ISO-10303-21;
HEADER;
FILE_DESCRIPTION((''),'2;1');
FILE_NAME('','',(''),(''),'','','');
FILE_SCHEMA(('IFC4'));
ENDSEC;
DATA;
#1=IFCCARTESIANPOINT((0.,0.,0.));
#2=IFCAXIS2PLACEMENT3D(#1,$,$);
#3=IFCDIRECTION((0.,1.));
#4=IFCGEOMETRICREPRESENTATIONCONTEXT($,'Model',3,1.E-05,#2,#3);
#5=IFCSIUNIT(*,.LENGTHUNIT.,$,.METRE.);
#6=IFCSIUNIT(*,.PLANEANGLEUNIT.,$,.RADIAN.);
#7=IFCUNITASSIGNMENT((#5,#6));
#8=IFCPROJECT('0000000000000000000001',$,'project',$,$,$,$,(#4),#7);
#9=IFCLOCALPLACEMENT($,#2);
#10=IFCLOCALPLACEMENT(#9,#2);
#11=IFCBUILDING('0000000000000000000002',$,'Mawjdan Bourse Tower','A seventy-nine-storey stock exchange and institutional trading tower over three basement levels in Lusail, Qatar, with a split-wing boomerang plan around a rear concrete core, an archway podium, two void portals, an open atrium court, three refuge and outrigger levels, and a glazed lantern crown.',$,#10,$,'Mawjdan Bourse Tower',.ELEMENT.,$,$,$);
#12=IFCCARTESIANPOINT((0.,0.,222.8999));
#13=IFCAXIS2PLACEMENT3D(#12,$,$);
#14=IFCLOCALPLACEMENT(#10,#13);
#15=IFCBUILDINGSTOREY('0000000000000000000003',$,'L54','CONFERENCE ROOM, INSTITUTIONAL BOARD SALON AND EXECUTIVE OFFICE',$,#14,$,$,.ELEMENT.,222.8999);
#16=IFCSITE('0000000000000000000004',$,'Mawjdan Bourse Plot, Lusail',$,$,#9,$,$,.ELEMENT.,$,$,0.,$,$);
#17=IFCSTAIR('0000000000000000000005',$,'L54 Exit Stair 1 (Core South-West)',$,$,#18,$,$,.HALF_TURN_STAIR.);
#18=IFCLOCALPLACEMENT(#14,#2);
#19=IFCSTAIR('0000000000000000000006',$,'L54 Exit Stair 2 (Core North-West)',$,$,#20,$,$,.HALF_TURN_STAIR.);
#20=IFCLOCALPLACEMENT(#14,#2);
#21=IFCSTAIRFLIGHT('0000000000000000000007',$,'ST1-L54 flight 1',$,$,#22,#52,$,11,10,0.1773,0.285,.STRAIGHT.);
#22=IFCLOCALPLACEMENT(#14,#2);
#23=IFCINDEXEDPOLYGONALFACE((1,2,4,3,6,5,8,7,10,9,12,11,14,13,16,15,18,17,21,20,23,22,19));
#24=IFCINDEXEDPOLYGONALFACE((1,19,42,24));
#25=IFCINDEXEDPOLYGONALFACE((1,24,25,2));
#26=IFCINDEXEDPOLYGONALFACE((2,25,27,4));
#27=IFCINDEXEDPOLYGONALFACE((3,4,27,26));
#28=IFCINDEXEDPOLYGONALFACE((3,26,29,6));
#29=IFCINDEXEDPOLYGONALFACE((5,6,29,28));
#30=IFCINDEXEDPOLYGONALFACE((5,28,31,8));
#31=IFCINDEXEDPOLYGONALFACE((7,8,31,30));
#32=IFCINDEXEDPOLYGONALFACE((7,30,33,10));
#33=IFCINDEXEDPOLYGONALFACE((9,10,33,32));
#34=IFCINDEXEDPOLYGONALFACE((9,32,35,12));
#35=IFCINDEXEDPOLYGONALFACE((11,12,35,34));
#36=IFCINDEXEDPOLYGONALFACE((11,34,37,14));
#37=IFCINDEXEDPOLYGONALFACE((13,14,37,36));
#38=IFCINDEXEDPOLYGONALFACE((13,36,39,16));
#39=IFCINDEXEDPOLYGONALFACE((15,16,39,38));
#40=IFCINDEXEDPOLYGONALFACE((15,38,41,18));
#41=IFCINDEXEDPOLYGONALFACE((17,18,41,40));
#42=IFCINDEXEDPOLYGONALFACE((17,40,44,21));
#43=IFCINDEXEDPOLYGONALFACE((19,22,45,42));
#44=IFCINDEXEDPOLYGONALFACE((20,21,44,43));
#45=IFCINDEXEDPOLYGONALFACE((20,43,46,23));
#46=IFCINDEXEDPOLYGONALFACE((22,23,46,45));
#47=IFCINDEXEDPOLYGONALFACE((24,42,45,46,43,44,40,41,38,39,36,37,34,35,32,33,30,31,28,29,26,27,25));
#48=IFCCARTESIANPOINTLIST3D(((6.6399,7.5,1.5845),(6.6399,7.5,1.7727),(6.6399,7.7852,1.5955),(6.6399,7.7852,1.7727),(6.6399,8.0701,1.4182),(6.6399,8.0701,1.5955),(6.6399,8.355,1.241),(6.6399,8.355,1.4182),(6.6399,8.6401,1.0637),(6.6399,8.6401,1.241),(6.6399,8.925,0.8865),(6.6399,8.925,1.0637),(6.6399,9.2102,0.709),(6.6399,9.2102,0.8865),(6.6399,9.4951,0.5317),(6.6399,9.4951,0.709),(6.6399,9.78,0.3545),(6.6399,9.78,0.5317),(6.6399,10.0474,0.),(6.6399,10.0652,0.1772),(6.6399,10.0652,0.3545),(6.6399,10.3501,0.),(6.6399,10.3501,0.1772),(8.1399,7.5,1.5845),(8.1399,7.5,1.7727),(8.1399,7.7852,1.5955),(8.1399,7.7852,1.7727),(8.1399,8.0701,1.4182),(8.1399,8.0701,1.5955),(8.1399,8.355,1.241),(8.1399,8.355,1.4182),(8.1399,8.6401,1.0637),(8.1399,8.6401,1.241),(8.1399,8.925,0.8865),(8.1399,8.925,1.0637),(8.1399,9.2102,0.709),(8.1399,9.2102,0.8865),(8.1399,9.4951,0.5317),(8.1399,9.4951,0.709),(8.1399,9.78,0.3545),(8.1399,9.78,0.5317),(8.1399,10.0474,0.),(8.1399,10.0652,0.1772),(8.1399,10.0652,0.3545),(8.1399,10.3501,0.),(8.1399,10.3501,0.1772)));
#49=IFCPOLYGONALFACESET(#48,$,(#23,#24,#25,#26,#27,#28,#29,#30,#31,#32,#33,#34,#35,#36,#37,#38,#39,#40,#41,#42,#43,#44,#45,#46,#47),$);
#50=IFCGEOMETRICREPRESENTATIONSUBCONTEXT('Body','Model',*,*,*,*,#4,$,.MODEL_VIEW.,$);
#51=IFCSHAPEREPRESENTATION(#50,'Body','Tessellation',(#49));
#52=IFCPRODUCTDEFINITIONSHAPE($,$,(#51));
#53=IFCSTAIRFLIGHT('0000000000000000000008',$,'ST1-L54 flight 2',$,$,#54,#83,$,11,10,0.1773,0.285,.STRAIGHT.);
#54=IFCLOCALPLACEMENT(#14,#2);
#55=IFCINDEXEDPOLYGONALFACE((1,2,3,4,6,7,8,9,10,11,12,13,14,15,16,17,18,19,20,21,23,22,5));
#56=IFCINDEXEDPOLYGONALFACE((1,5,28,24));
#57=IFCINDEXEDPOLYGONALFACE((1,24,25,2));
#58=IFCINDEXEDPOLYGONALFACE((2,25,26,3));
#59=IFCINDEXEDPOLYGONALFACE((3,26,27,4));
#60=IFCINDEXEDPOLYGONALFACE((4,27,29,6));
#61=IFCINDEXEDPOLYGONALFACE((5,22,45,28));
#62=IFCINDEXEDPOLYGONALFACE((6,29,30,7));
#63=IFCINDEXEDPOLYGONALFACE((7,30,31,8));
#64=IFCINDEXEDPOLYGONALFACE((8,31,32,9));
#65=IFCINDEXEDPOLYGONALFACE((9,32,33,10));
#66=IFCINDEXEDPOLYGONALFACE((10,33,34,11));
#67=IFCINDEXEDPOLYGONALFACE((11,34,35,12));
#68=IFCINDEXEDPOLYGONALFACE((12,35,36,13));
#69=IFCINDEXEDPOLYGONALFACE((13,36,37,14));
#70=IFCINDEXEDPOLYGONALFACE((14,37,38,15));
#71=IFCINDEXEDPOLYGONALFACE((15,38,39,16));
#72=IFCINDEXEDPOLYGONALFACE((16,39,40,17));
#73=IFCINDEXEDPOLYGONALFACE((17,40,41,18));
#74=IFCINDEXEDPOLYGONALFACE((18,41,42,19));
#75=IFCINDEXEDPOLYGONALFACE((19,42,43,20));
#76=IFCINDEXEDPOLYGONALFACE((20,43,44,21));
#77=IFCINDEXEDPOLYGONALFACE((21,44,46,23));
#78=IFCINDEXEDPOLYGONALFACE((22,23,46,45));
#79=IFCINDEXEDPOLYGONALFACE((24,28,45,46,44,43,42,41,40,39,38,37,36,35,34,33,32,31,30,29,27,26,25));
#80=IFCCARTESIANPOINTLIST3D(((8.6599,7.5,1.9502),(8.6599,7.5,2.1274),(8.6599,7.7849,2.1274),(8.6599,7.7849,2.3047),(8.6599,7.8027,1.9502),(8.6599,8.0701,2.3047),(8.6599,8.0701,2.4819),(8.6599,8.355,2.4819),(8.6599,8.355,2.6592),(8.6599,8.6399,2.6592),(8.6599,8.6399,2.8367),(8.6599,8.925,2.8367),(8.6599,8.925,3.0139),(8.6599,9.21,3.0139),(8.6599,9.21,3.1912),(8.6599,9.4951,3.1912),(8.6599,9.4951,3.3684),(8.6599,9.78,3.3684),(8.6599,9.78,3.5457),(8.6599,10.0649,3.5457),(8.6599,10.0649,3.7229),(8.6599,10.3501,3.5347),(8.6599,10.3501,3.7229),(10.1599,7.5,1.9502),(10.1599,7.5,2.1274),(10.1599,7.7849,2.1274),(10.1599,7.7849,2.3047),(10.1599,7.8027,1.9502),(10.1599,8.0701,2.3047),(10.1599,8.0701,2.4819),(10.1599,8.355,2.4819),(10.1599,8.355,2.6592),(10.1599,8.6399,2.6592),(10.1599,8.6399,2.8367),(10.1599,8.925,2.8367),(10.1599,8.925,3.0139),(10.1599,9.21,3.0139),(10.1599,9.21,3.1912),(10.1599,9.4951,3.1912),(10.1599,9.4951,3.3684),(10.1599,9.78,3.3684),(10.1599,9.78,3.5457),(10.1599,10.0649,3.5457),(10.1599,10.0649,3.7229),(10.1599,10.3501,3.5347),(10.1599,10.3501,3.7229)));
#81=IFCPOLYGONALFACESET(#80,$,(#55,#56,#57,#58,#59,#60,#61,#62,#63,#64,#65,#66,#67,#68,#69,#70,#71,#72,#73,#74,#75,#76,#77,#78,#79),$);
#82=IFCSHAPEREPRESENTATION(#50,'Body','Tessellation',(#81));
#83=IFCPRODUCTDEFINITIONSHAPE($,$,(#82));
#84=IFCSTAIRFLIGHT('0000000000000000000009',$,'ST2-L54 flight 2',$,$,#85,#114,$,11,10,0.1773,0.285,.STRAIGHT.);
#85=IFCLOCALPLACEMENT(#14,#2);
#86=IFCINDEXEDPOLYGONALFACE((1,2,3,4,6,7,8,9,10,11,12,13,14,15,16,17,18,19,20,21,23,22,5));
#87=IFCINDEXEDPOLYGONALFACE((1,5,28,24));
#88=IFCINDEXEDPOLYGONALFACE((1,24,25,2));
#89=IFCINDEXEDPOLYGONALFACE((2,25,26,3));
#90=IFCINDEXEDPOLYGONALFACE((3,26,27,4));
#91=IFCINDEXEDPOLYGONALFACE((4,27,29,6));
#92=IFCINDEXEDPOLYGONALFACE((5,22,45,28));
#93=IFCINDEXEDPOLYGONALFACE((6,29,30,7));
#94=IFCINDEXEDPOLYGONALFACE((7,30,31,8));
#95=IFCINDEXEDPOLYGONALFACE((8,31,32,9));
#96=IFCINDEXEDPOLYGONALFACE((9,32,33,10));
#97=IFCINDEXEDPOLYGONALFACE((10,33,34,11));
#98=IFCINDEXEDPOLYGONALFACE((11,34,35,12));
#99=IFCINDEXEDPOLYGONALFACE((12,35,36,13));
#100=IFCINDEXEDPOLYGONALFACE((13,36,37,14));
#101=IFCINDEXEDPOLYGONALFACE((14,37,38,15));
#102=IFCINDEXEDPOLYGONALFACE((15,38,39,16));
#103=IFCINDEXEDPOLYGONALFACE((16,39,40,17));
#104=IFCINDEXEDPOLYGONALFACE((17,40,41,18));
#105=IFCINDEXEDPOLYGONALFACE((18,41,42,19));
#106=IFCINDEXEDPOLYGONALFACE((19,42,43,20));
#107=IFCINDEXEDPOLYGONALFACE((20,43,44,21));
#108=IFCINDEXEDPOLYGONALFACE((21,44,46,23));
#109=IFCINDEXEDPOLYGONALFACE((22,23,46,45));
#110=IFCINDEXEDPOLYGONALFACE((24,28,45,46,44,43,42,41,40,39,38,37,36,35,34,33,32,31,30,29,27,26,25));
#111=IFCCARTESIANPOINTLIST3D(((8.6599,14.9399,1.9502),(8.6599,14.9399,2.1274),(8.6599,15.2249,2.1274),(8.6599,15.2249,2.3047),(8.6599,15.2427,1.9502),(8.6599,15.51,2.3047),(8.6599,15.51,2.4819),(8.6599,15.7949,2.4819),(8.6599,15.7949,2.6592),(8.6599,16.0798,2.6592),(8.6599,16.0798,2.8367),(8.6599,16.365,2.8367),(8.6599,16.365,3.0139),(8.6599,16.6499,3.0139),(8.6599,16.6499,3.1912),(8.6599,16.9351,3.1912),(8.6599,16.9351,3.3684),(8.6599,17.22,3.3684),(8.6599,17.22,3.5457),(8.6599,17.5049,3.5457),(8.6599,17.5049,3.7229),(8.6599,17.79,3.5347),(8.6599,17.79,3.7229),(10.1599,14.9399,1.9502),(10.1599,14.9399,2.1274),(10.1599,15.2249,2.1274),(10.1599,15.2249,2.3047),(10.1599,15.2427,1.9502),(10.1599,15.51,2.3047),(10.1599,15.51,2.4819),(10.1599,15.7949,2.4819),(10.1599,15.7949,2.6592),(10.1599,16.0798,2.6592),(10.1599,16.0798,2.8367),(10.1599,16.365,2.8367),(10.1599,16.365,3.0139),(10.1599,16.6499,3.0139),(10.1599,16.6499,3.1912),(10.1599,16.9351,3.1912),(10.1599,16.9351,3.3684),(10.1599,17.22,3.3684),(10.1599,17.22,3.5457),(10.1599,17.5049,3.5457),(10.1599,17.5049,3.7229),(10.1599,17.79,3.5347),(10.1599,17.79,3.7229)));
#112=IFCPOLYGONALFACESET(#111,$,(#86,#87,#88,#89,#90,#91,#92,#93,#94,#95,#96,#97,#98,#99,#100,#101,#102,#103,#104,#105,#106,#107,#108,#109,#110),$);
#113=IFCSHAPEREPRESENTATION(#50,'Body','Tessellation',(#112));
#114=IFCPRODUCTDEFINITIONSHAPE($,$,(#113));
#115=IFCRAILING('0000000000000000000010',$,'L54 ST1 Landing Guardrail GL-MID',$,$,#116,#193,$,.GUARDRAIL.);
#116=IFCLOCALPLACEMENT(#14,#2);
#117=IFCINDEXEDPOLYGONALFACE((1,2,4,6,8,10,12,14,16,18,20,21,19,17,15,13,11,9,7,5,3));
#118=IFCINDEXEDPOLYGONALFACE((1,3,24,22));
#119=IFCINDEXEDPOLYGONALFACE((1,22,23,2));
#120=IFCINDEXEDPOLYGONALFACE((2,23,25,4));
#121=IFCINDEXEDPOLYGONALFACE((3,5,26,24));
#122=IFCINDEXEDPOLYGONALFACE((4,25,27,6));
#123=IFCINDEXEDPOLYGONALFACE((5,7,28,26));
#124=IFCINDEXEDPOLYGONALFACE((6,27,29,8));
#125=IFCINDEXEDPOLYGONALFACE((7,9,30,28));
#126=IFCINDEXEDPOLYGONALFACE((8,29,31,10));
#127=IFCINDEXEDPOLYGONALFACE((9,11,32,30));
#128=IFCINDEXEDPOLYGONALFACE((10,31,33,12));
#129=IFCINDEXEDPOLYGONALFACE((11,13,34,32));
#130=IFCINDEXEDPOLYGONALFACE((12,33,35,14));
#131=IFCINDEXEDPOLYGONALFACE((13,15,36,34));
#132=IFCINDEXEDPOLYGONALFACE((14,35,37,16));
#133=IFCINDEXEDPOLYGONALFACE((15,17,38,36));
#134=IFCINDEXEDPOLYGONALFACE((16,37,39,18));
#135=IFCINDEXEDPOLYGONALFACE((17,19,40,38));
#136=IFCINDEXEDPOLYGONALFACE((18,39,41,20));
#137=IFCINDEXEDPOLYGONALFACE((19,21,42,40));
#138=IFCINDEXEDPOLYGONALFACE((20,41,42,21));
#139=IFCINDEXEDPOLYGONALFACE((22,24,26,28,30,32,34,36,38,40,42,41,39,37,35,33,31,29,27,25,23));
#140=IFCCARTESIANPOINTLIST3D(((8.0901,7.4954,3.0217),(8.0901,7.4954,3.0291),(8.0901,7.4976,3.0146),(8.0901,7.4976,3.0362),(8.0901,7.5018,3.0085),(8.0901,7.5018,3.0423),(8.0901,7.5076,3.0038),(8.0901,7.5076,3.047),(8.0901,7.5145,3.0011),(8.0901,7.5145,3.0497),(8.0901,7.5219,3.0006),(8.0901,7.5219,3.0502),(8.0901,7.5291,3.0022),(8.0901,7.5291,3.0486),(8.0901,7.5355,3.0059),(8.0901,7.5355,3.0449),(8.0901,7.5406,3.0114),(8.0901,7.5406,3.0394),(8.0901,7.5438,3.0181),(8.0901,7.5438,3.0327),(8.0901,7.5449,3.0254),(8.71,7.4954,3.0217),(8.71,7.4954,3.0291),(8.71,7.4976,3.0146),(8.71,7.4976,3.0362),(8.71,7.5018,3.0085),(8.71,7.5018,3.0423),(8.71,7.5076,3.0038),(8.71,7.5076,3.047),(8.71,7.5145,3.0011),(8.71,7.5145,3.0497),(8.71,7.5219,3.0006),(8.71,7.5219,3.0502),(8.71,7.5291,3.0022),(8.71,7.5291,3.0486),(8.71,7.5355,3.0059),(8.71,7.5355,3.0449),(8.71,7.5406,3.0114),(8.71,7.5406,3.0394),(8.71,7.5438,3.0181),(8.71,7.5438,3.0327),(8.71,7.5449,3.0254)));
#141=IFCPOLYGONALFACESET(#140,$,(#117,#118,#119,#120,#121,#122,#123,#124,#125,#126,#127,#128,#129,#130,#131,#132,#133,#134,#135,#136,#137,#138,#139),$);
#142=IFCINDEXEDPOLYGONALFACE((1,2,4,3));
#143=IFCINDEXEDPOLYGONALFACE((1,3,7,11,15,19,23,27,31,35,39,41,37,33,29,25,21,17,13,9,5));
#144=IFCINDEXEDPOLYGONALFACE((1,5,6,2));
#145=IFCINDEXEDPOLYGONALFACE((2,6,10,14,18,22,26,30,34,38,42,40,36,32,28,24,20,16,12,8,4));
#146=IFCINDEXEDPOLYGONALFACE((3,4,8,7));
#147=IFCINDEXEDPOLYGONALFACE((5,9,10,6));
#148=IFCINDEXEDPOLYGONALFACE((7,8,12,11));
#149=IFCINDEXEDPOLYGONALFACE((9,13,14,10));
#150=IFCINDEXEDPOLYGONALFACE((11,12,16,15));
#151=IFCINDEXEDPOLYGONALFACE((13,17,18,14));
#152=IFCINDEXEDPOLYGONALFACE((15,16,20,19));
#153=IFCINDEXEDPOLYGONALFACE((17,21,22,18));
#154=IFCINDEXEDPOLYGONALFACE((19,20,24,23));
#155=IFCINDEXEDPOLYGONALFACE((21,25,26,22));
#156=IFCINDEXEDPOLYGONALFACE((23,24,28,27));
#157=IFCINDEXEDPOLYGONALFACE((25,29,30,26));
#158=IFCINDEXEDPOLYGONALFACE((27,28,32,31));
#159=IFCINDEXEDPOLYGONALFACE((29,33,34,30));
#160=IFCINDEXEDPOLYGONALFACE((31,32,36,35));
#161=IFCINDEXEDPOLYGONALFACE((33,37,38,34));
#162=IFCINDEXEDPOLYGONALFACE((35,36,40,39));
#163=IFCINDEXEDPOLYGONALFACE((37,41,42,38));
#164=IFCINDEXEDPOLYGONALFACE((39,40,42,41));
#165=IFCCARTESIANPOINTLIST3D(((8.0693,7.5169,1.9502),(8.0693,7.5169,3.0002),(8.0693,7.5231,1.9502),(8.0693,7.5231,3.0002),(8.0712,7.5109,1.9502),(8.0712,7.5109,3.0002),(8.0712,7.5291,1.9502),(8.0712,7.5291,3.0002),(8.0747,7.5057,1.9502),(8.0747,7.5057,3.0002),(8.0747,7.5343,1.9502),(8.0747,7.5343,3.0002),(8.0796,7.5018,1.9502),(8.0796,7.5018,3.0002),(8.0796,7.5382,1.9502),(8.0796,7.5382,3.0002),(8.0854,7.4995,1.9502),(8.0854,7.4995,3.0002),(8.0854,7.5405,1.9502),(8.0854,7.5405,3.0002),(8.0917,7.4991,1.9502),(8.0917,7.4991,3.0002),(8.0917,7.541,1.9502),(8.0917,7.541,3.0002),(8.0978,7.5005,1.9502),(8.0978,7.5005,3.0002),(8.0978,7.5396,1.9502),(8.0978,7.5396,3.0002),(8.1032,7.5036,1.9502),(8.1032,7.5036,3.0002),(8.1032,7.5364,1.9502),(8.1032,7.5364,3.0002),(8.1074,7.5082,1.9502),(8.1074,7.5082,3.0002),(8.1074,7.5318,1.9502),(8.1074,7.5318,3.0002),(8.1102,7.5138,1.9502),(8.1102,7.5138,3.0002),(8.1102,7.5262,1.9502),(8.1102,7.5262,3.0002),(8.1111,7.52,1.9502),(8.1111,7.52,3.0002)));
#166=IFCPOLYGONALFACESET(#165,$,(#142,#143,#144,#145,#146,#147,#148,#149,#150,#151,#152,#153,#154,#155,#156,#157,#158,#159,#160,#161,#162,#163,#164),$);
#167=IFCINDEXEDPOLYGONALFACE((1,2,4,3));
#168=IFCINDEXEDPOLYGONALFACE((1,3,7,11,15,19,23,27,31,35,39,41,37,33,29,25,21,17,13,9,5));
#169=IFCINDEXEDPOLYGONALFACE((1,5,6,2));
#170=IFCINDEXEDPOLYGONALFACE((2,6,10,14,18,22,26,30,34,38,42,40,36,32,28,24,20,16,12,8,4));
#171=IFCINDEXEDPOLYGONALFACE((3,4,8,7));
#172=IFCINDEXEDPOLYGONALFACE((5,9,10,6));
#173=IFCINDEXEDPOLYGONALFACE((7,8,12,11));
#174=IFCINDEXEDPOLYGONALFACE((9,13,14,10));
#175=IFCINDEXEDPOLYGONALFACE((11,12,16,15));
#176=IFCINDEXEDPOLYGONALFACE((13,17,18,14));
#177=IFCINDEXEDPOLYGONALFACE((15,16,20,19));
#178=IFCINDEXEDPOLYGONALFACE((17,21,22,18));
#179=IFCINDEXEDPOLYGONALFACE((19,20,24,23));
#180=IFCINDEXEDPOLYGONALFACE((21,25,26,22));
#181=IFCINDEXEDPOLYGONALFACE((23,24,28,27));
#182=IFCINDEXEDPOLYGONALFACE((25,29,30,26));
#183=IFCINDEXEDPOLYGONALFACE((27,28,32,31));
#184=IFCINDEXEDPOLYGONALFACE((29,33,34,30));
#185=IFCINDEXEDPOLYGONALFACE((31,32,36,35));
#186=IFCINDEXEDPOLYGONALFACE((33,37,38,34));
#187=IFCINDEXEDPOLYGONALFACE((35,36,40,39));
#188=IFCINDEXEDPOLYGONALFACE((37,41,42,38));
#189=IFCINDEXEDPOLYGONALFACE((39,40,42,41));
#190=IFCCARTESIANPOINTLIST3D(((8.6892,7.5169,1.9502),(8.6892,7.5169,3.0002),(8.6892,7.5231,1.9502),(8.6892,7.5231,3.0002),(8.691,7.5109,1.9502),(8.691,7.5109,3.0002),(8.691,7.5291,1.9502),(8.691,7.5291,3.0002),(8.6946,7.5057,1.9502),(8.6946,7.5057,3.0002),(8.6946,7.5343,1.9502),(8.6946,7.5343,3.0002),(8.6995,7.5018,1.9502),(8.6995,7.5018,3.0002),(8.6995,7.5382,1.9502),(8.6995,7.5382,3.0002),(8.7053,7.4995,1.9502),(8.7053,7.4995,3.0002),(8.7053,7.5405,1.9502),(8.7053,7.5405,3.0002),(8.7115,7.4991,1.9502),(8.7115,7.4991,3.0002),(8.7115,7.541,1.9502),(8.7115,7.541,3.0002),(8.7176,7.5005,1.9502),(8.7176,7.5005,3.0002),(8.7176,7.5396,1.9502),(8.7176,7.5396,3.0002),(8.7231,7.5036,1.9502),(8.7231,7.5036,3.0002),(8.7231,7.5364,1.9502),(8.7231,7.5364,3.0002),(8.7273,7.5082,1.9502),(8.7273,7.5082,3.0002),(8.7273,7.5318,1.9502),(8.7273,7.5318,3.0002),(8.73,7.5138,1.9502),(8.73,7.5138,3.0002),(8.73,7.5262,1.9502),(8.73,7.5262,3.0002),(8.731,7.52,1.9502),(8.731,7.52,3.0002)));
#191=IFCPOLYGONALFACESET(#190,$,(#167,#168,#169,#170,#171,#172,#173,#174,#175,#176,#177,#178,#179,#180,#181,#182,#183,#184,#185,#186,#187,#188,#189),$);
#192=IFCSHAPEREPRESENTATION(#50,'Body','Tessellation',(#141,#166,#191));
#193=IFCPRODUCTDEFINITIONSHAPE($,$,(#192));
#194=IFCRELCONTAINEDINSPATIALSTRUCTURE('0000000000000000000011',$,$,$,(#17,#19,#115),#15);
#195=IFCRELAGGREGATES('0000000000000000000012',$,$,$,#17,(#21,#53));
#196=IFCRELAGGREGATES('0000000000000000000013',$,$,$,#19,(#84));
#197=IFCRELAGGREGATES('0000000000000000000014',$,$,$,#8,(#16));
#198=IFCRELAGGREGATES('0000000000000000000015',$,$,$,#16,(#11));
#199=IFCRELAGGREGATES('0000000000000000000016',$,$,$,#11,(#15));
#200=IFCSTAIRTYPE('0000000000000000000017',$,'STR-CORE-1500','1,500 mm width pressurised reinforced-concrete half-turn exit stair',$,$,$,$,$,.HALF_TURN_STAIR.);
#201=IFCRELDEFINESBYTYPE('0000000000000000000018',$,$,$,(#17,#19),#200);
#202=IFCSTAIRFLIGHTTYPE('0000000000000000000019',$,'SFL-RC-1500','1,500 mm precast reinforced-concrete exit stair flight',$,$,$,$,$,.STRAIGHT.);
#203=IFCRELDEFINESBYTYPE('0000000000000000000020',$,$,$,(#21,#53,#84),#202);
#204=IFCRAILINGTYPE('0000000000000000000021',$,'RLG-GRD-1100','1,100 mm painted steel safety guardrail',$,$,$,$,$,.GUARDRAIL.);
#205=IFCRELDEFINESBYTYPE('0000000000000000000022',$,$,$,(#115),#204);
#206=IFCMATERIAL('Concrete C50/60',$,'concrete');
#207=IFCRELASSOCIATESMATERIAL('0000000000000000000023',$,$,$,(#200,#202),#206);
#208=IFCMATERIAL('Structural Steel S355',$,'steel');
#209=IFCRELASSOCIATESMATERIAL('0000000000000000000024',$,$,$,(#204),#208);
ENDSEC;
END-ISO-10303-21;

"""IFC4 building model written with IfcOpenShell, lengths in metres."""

from ifc_helpers import new_model, si_unit, direction, frame, origin, origin_2d, place, context, subcontext, project, spatial, polyline, circle, outline, extrude, material, type_object, element, aggregate, save


model = new_model("IFC4")

# Units and contexts
model_context = context("Model", 3, precision=1e-05, world=origin(), true_north=direction((0.0, 1.0)))
body_context = subcontext(model_context, "Body", "Model", "MODEL_VIEW")
ifc_project = project(units=[si_unit("LENGTHUNIT", "METRE"), si_unit("PLANEANGLEUNIT", "RADIAN")], contexts=[model_context])

# Site, building, storey
site_placement = place(None, origin())
site = spatial("IfcSite", under=ifc_project, at=site_placement, Name="Mawjdan Bourse Plot, Lusail", CompositionType="ELEMENT", RefElevation=0.0)
building_placement = place(site_placement, origin())
building = spatial("IfcBuilding", under=site, at=building_placement, Name="Mawjdan Bourse Tower", Description="A seventy-nine-storey stock exchange and institutional trading tower over three basement levels in Lusail, Qatar, with a split-wing boomerang plan around a rear concrete core, an archway podium, two void portals, an open atrium court, three refuge and outrigger levels, and a glazed lantern crown.", LongName="Mawjdan Bourse Tower", CompositionType="ELEMENT")
storey_placement = place(building_placement, frame((0.0, 0.0, 222.8999)))
storey = spatial("IfcBuildingStorey", under=building, at=storey_placement, Name="L54", Description="CONFERENCE ROOM, INSTITUTIONAL BOARD SALON AND EXECUTIVE OFFICE", CompositionType="ELEMENT", Elevation=222.8999)

# Shared definitions
ifc_material_1 = material(Name="Structural Steel S355", Category="steel")

# Stairs
ifc_material_2 = material(Name="Concrete C50/60", Category="concrete")
stair_type = type_object("IfcStairType", Name="STR-CORE-1500", Description="1,500 mm width pressurised reinforced-concrete half-turn exit stair", PredefinedType="HALF_TURN_STAIR", material=ifc_material_2)
stair_1_placement = place(storey_placement, origin())
stair_1 = element("IfcStair", 1, at=stair_1_placement, inside=storey, type_object=stair_type, Name="L54 Exit Stair 1 (Core South-West)", PredefinedType="HALF_TURN_STAIR")
stair_2_placement = place(storey_placement, origin())
stair_2 = element("IfcStair", 2, at=stair_2_placement, inside=storey, type_object=stair_type, Name="L54 Exit Stair 2 (Core North-West)", PredefinedType="HALF_TURN_STAIR")

# Stair flights
stair_flight_type = type_object("IfcStairFlightType", Name="SFL-RC-1500", Description="1,500 mm precast reinforced-concrete exit stair flight", PredefinedType="STRAIGHT", material=ifc_material_2)
stair_flight_1_placement = place(storey_placement, frame((7.3899, 10.3501, 0.0), z_axis=(0.0, 0.0, 1.0), x_axis=(0.0, -1.0, 0.0)))
stair_flight_1 = element("IfcStairFlight", 3, at=stair_flight_1_placement, type_object=stair_flight_type, Name="ST1-L54 flight 1", NumberOfRisers=11, NumberOfTreads=10, PredefinedType="STRAIGHT", RiserHeight=0.1773, TreadLength=0.285, context=body_context, shape_type="SweptSolid", body=[
    extrude(outline(polyline([(0.0, 0.0), (0.0, 0.1772), (0.2849, 0.1772), (0.2849, 0.3545), (0.5701, 0.3545), (0.5701, 0.5317), (0.855, 0.5317), (0.855, 0.709), (1.1399, 0.709), (1.1399, 0.8865), (1.425, 0.8865), (1.425, 1.0637), (1.71, 1.0637), (1.71, 1.241), (1.9951, 1.241), (1.9951, 1.4182), (2.28, 1.4182), (2.28, 1.5955), (2.5649, 1.5955), (2.5649, 1.7727), (2.8501, 1.7727), (2.8501, 1.95), (2.8501, 1.5845), (0.3027, 0.0), (0.0, 0.0)])), frame((0.0, 0.75, 0.0), z_axis=(0.0, -1.0, 0.0), x_axis=(1.0, 0.0, 0.0)), (0.0, 0.0, 1.0), 1.5),
])
stair_flight_2_placement = place(storey_placement, frame((9.4099, 7.5, 1.9502), z_axis=(0.0, 0.0, 1.0), x_axis=(0.0, 1.0, 0.0)))
stair_flight_2 = element("IfcStairFlight", 4, at=stair_flight_2_placement, type_object=stair_flight_type, Name="ST1-L54 flight 2", NumberOfRisers=11, NumberOfTreads=10, PredefinedType="STRAIGHT", RiserHeight=0.1773, TreadLength=0.285, context=body_context, shape_type="SweptSolid", body=[
    extrude(outline(polyline([(0.0, 0.0), (0.0, 0.1772), (0.2849, 0.1772), (0.2849, 0.3545), (0.5701, 0.3545), (0.5701, 0.5317), (0.855, 0.5317), (0.855, 0.709), (1.1399, 0.709), (1.1399, 0.8865), (1.425, 0.8865), (1.425, 1.0637), (1.71, 1.0637), (1.71, 1.241), (1.9951, 1.241), (1.9951, 1.4182), (2.28, 1.4182), (2.28, 1.5955), (2.5649, 1.5955), (2.5649, 1.7727), (2.8501, 1.7727), (2.8501, 1.95), (2.8501, 1.5845), (0.3027, 0.0), (0.0, 0.0)])), frame((0.0, 0.75, 0.0), z_axis=(0.0, -1.0, 0.0), x_axis=(1.0, 0.0, 0.0)), (0.0, 0.0, 1.0), 1.5),
])
aggregate(stair_1, [stair_flight_1, stair_flight_2])
stair_flight_3_placement = place(storey_placement, frame((9.4099, 14.9399, 1.9502), z_axis=(0.0, 0.0, 1.0), x_axis=(0.0, 1.0, 0.0)))
stair_flight_3 = element("IfcStairFlight", 5, at=stair_flight_3_placement, type_object=stair_flight_type, Name="ST2-L54 flight 2", NumberOfRisers=11, NumberOfTreads=10, PredefinedType="STRAIGHT", RiserHeight=0.1773, TreadLength=0.285, context=body_context, shape_type="SweptSolid", body=[
    extrude(outline(polyline([(0.0, 0.0), (0.0, 0.1772), (0.2849, 0.1772), (0.2849, 0.3545), (0.5701, 0.3545), (0.5701, 0.5317), (0.855, 0.5317), (0.855, 0.709), (1.1399, 0.709), (1.1399, 0.8865), (1.425, 0.8865), (1.425, 1.0637), (1.71, 1.0637), (1.71, 1.241), (1.9951, 1.241), (1.9951, 1.4182), (2.28, 1.4182), (2.28, 1.5955), (2.5649, 1.5955), (2.5649, 1.7727), (2.8501, 1.7727), (2.8501, 1.95), (2.8501, 1.5845), (0.3027, 0.0), (0.0, 0.0)])), frame((0.0, 0.75, 0.0), z_axis=(0.0, -1.0, 0.0), x_axis=(1.0, 0.0, 0.0)), (0.0, 0.0, 1.0), 1.5),
])
aggregate(stair_2, [stair_flight_3])

# Railing
railing_type_1 = type_object("IfcRailingType", Name="RLG-GRD-1100", Description="1,100 mm painted steel safety guardrail", PredefinedType="GUARDRAIL", material=ifc_material_1)
for number, where, name in (
    (6, (8.0901, 7.52, 1.9502), "L54 ST1 Landing Guardrail GL-MID"),
):
    element("IfcRailing", number, at=place(storey_placement, frame(where)), inside=storey, type_object=railing_type_1, Name=name, PredefinedType="GUARDRAIL", context=body_context, shape_type="SweptSolid", body=[
        extrude(circle(Radius=0.0249, at=origin_2d()), frame((0.0, 0.0, 1.0752), z_axis=(1.0, 0.0, 0.0), x_axis=(0.0, 1.0, 0.0)), (0.0, 0.0, 1.0), 0.6199),
        extrude(circle(Radius=0.021, at=origin_2d()), origin(), (0.0, 0.0, 1.0), 1.05),
        extrude(circle(Radius=0.021, at=origin_2d()), frame((0.6199, 0.0, 0.0)), (0.0, 0.0, 1.0), 1.05),
    ])

save(model, "model.ifc")
